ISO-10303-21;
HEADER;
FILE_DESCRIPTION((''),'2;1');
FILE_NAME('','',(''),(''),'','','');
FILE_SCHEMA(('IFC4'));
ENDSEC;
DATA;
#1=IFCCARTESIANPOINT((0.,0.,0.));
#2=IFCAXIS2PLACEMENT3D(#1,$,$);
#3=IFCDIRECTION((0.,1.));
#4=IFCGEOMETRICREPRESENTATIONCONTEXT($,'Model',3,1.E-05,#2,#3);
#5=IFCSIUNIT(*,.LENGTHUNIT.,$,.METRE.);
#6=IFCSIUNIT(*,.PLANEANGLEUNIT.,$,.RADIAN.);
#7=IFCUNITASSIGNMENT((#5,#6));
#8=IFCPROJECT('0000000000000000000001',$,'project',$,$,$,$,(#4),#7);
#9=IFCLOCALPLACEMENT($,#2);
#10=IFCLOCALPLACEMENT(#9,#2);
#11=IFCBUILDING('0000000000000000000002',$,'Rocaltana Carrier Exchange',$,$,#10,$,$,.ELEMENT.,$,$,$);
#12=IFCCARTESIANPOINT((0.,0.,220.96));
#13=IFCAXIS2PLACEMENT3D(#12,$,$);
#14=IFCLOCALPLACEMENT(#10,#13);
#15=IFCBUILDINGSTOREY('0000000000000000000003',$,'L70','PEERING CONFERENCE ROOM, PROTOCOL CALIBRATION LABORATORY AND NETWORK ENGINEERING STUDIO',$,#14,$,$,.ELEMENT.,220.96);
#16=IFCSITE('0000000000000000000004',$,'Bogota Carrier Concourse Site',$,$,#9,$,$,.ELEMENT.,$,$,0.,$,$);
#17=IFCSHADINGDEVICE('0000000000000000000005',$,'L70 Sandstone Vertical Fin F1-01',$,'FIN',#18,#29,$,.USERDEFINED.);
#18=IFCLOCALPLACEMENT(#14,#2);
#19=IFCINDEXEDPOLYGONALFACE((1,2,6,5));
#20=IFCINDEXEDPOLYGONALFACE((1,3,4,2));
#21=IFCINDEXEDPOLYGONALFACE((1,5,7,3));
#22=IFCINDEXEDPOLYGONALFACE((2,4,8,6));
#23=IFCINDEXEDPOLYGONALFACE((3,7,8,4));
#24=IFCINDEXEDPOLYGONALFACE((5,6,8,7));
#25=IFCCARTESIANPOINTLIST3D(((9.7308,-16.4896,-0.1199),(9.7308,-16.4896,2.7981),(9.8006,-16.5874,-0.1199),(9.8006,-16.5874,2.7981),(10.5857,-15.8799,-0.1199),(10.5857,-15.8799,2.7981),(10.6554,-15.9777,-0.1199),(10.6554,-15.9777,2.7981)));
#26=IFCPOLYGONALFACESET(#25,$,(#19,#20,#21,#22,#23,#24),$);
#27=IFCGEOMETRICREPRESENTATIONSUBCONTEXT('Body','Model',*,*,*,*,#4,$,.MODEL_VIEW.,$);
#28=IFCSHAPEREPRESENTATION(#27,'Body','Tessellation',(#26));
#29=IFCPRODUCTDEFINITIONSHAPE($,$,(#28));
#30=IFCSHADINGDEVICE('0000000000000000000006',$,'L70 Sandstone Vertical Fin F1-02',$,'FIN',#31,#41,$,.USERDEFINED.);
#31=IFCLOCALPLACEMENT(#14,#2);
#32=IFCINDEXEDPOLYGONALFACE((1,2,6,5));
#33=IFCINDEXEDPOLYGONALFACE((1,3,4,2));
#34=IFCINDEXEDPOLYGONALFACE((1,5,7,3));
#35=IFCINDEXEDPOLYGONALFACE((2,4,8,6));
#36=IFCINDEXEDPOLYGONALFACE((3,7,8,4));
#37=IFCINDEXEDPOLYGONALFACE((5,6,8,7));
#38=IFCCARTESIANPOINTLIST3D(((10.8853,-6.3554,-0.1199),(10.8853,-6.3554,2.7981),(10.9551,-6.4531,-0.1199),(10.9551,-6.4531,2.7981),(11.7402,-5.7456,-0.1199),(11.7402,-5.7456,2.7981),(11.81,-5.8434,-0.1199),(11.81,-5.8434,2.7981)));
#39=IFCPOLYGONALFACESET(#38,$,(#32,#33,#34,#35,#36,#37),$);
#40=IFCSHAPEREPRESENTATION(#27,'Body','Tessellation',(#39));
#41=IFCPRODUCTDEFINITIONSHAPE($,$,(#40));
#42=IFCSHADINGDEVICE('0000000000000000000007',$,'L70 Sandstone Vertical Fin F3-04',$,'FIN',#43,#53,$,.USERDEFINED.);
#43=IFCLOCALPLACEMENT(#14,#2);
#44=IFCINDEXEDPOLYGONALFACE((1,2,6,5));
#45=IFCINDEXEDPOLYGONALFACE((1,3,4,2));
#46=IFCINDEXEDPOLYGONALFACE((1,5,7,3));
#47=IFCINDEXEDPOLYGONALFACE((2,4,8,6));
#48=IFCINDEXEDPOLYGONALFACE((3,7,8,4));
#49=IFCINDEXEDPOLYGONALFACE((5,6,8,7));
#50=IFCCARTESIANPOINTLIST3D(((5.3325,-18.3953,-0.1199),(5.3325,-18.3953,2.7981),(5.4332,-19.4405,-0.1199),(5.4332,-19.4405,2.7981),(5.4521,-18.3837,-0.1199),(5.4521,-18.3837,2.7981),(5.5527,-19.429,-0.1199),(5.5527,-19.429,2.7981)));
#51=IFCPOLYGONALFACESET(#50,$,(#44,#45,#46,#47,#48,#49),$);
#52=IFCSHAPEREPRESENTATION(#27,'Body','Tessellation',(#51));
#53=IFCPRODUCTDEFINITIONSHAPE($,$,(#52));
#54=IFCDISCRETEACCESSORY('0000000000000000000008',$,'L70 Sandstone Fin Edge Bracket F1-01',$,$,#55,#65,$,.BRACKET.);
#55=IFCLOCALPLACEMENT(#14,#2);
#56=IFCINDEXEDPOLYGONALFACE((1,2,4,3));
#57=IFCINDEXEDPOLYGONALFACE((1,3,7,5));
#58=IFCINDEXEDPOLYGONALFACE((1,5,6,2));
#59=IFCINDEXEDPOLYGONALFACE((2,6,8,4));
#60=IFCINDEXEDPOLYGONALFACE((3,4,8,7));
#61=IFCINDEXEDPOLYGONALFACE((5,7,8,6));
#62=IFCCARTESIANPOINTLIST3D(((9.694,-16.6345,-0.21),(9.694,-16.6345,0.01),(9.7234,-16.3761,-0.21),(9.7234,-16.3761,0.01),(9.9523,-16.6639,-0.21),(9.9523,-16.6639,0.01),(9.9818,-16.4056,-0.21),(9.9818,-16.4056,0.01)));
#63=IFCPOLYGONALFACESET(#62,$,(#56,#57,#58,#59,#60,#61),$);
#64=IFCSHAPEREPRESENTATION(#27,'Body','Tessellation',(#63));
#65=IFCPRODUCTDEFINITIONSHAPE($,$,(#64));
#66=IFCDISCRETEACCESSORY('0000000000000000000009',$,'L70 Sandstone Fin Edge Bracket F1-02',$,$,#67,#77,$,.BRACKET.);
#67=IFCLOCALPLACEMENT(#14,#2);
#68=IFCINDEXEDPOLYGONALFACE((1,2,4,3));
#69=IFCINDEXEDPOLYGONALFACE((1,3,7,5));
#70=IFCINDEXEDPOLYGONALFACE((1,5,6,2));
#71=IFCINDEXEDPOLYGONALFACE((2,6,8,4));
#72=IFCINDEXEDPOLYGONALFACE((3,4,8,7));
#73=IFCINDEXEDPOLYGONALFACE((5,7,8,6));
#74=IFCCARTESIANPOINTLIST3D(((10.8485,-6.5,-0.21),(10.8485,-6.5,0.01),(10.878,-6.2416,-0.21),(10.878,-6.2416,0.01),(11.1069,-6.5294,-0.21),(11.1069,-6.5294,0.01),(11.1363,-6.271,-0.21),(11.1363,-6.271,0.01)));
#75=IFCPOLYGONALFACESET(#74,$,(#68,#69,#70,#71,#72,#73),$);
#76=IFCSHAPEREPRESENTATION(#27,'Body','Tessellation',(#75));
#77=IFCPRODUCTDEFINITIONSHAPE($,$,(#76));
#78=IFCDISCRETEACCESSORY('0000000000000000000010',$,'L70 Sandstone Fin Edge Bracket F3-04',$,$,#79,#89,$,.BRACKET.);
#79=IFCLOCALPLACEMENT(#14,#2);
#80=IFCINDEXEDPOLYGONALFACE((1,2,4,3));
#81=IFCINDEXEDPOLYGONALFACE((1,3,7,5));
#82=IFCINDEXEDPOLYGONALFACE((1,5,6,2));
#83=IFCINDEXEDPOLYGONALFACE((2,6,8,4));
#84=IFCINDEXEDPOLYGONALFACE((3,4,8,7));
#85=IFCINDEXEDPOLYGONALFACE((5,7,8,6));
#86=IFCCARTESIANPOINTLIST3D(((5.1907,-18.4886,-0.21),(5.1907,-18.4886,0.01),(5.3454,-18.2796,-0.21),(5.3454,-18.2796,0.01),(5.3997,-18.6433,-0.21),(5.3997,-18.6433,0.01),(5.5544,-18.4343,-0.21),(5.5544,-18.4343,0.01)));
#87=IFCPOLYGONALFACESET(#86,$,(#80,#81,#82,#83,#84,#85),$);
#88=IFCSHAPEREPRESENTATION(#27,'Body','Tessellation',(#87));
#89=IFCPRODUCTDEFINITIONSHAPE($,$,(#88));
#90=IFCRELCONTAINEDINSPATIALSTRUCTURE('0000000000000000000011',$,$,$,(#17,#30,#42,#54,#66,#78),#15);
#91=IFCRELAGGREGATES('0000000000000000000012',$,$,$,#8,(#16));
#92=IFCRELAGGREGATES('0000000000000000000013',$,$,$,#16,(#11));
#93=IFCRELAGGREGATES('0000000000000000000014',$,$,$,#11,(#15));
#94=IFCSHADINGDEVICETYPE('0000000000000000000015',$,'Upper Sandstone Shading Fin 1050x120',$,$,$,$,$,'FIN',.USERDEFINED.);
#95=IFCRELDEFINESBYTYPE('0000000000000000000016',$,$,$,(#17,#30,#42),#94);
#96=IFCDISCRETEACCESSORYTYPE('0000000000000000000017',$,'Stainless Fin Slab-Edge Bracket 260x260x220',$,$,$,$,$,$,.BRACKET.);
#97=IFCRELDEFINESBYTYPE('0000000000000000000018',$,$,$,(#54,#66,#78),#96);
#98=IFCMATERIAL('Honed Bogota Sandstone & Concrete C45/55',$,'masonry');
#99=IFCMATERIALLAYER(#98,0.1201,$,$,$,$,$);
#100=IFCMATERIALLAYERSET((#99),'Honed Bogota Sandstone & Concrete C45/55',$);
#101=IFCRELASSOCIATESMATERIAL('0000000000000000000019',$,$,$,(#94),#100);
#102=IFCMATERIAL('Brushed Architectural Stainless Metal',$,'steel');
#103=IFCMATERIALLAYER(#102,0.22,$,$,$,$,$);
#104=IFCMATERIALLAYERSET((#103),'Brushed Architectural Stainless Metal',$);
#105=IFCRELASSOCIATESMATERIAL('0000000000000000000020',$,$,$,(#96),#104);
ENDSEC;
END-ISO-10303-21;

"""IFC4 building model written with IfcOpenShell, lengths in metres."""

from ifc_helpers import new_model, si_unit, direction, frame, origin, origin_2d, place, context, subcontext, project, spatial, rectangle, extrude, material, layer, layer_set, type_object, element, save


model = new_model("IFC4")

# Units and contexts
model_context = context("Model", 3, precision=1e-05, world=origin(), true_north=direction((0.0, 1.0)))
body_context = subcontext(model_context, "Body", "Model", "MODEL_VIEW")
ifc_project = project(units=[si_unit("LENGTHUNIT", "METRE"), si_unit("PLANEANGLEUNIT", "RADIAN")], contexts=[model_context])

# Site, building, storey
site_placement = place(None, origin())
site = spatial("IfcSite", under=ifc_project, at=site_placement, Name="Bogota Carrier Concourse Site", CompositionType="ELEMENT", RefElevation=0.0)
building_placement = place(site_placement, origin())
building = spatial("IfcBuilding", under=site, at=building_placement, Name="Rocaltana Carrier Exchange", CompositionType="ELEMENT")
storey_placement = place(building_placement, frame((0.0, 0.0, 220.96)))
storey = spatial("IfcBuildingStorey", under=building, at=storey_placement, Name="L70", Description="PEERING CONFERENCE ROOM, PROTOCOL CALIBRATION LABORATORY AND NETWORK ENGINEERING STUDIO", CompositionType="ELEMENT", Elevation=220.96)

# Shading devices
ifc_material_1 = material(Name="Honed Bogota Sandstone & Concrete C45/55", Category="masonry")
ifc_layer_1 = layer(ifc_material_1, 0.1201)
ifc_layer_set_1 = layer_set([ifc_layer_1], Name="Honed Bogota Sandstone & Concrete C45/55")
shading_device_type = type_object("IfcShadingDeviceType", Name="Upper Sandstone Shading Fin 1050x120", ElementType="FIN", PredefinedType="USERDEFINED", material=ifc_layer_set_1)
for number, where, z_axis, x_axis, name in (
    (1, (10.1931, -16.2336, -0.1199), (0.0, 0.0, 1.0), (0.814116, 0.580703, 0.0), "L70 Sandstone Vertical Fin F1-01"),
    (2, (11.3477, -6.0994, -0.1199), (0.0, 0.0, 1.0), (0.814116, 0.580703, 0.0), "L70 Sandstone Vertical Fin F1-02"),
    (3, (5.4426, -18.9121, -0.1199), (0.0, 0.0, 1.0), (0.095846, -0.995396, 0.0), "L70 Sandstone Vertical Fin F3-04"),
):
    element("IfcShadingDevice", number, at=place(storey_placement, frame(where, z_axis=z_axis, x_axis=x_axis)), inside=storey, type_object=shading_device_type, Name=name, ObjectType="FIN", PredefinedType="USERDEFINED", context=body_context, shape_type="SweptSolid", body=[
        extrude(rectangle(XDim=1.05, YDim=0.1201, at=origin_2d()), origin(), (0.0, 0.0, 1.0), 2.918),
    ])

# Discrete accessories
ifc_material_2 = material(Name="Brushed Architectural Stainless Metal", Category="steel")
ifc_layer_2 = layer(ifc_material_2, 0.22)
ifc_layer_set_2 = layer_set([ifc_layer_2], Name="Brushed Architectural Stainless Metal")
discrete_accessory_type = type_object("IfcDiscreteAccessoryType", Name="Stainless Fin Slab-Edge Bracket 260x260x220", PredefinedType="BRACKET", material=ifc_layer_set_2)
for number, where, z_axis, x_axis, name in (
    (4, (9.8379, -16.52, -0.21), (0.0, 0.0, 1.0), (0.113203, 0.993572, 0.0), "L70 Sandstone Fin Edge Bracket F1-01"),
    (5, (10.9924, -6.3855, -0.21), (0.0, 0.0, 1.0), (0.113203, 0.993572, 0.0), "L70 Sandstone Fin Edge Bracket F1-02"),
    (6, (5.3726, -18.4614, -0.21), (0.0, 0.0, 1.0), (0.803857, -0.594823, 0.0), "L70 Sandstone Fin Edge Bracket F3-04"),
):
    element("IfcDiscreteAccessory", number, at=place(storey_placement, frame(where, z_axis=z_axis, x_axis=x_axis)), inside=storey, type_object=discrete_accessory_type, Name=name, PredefinedType="BRACKET", context=body_context, shape_type="SweptSolid", body=[
        extrude(rectangle(XDim=0.26, YDim=0.26, at=origin_2d()), origin(), (0.0, 0.0, 1.0), 0.22),
    ])

save(model, "model.ifc")
